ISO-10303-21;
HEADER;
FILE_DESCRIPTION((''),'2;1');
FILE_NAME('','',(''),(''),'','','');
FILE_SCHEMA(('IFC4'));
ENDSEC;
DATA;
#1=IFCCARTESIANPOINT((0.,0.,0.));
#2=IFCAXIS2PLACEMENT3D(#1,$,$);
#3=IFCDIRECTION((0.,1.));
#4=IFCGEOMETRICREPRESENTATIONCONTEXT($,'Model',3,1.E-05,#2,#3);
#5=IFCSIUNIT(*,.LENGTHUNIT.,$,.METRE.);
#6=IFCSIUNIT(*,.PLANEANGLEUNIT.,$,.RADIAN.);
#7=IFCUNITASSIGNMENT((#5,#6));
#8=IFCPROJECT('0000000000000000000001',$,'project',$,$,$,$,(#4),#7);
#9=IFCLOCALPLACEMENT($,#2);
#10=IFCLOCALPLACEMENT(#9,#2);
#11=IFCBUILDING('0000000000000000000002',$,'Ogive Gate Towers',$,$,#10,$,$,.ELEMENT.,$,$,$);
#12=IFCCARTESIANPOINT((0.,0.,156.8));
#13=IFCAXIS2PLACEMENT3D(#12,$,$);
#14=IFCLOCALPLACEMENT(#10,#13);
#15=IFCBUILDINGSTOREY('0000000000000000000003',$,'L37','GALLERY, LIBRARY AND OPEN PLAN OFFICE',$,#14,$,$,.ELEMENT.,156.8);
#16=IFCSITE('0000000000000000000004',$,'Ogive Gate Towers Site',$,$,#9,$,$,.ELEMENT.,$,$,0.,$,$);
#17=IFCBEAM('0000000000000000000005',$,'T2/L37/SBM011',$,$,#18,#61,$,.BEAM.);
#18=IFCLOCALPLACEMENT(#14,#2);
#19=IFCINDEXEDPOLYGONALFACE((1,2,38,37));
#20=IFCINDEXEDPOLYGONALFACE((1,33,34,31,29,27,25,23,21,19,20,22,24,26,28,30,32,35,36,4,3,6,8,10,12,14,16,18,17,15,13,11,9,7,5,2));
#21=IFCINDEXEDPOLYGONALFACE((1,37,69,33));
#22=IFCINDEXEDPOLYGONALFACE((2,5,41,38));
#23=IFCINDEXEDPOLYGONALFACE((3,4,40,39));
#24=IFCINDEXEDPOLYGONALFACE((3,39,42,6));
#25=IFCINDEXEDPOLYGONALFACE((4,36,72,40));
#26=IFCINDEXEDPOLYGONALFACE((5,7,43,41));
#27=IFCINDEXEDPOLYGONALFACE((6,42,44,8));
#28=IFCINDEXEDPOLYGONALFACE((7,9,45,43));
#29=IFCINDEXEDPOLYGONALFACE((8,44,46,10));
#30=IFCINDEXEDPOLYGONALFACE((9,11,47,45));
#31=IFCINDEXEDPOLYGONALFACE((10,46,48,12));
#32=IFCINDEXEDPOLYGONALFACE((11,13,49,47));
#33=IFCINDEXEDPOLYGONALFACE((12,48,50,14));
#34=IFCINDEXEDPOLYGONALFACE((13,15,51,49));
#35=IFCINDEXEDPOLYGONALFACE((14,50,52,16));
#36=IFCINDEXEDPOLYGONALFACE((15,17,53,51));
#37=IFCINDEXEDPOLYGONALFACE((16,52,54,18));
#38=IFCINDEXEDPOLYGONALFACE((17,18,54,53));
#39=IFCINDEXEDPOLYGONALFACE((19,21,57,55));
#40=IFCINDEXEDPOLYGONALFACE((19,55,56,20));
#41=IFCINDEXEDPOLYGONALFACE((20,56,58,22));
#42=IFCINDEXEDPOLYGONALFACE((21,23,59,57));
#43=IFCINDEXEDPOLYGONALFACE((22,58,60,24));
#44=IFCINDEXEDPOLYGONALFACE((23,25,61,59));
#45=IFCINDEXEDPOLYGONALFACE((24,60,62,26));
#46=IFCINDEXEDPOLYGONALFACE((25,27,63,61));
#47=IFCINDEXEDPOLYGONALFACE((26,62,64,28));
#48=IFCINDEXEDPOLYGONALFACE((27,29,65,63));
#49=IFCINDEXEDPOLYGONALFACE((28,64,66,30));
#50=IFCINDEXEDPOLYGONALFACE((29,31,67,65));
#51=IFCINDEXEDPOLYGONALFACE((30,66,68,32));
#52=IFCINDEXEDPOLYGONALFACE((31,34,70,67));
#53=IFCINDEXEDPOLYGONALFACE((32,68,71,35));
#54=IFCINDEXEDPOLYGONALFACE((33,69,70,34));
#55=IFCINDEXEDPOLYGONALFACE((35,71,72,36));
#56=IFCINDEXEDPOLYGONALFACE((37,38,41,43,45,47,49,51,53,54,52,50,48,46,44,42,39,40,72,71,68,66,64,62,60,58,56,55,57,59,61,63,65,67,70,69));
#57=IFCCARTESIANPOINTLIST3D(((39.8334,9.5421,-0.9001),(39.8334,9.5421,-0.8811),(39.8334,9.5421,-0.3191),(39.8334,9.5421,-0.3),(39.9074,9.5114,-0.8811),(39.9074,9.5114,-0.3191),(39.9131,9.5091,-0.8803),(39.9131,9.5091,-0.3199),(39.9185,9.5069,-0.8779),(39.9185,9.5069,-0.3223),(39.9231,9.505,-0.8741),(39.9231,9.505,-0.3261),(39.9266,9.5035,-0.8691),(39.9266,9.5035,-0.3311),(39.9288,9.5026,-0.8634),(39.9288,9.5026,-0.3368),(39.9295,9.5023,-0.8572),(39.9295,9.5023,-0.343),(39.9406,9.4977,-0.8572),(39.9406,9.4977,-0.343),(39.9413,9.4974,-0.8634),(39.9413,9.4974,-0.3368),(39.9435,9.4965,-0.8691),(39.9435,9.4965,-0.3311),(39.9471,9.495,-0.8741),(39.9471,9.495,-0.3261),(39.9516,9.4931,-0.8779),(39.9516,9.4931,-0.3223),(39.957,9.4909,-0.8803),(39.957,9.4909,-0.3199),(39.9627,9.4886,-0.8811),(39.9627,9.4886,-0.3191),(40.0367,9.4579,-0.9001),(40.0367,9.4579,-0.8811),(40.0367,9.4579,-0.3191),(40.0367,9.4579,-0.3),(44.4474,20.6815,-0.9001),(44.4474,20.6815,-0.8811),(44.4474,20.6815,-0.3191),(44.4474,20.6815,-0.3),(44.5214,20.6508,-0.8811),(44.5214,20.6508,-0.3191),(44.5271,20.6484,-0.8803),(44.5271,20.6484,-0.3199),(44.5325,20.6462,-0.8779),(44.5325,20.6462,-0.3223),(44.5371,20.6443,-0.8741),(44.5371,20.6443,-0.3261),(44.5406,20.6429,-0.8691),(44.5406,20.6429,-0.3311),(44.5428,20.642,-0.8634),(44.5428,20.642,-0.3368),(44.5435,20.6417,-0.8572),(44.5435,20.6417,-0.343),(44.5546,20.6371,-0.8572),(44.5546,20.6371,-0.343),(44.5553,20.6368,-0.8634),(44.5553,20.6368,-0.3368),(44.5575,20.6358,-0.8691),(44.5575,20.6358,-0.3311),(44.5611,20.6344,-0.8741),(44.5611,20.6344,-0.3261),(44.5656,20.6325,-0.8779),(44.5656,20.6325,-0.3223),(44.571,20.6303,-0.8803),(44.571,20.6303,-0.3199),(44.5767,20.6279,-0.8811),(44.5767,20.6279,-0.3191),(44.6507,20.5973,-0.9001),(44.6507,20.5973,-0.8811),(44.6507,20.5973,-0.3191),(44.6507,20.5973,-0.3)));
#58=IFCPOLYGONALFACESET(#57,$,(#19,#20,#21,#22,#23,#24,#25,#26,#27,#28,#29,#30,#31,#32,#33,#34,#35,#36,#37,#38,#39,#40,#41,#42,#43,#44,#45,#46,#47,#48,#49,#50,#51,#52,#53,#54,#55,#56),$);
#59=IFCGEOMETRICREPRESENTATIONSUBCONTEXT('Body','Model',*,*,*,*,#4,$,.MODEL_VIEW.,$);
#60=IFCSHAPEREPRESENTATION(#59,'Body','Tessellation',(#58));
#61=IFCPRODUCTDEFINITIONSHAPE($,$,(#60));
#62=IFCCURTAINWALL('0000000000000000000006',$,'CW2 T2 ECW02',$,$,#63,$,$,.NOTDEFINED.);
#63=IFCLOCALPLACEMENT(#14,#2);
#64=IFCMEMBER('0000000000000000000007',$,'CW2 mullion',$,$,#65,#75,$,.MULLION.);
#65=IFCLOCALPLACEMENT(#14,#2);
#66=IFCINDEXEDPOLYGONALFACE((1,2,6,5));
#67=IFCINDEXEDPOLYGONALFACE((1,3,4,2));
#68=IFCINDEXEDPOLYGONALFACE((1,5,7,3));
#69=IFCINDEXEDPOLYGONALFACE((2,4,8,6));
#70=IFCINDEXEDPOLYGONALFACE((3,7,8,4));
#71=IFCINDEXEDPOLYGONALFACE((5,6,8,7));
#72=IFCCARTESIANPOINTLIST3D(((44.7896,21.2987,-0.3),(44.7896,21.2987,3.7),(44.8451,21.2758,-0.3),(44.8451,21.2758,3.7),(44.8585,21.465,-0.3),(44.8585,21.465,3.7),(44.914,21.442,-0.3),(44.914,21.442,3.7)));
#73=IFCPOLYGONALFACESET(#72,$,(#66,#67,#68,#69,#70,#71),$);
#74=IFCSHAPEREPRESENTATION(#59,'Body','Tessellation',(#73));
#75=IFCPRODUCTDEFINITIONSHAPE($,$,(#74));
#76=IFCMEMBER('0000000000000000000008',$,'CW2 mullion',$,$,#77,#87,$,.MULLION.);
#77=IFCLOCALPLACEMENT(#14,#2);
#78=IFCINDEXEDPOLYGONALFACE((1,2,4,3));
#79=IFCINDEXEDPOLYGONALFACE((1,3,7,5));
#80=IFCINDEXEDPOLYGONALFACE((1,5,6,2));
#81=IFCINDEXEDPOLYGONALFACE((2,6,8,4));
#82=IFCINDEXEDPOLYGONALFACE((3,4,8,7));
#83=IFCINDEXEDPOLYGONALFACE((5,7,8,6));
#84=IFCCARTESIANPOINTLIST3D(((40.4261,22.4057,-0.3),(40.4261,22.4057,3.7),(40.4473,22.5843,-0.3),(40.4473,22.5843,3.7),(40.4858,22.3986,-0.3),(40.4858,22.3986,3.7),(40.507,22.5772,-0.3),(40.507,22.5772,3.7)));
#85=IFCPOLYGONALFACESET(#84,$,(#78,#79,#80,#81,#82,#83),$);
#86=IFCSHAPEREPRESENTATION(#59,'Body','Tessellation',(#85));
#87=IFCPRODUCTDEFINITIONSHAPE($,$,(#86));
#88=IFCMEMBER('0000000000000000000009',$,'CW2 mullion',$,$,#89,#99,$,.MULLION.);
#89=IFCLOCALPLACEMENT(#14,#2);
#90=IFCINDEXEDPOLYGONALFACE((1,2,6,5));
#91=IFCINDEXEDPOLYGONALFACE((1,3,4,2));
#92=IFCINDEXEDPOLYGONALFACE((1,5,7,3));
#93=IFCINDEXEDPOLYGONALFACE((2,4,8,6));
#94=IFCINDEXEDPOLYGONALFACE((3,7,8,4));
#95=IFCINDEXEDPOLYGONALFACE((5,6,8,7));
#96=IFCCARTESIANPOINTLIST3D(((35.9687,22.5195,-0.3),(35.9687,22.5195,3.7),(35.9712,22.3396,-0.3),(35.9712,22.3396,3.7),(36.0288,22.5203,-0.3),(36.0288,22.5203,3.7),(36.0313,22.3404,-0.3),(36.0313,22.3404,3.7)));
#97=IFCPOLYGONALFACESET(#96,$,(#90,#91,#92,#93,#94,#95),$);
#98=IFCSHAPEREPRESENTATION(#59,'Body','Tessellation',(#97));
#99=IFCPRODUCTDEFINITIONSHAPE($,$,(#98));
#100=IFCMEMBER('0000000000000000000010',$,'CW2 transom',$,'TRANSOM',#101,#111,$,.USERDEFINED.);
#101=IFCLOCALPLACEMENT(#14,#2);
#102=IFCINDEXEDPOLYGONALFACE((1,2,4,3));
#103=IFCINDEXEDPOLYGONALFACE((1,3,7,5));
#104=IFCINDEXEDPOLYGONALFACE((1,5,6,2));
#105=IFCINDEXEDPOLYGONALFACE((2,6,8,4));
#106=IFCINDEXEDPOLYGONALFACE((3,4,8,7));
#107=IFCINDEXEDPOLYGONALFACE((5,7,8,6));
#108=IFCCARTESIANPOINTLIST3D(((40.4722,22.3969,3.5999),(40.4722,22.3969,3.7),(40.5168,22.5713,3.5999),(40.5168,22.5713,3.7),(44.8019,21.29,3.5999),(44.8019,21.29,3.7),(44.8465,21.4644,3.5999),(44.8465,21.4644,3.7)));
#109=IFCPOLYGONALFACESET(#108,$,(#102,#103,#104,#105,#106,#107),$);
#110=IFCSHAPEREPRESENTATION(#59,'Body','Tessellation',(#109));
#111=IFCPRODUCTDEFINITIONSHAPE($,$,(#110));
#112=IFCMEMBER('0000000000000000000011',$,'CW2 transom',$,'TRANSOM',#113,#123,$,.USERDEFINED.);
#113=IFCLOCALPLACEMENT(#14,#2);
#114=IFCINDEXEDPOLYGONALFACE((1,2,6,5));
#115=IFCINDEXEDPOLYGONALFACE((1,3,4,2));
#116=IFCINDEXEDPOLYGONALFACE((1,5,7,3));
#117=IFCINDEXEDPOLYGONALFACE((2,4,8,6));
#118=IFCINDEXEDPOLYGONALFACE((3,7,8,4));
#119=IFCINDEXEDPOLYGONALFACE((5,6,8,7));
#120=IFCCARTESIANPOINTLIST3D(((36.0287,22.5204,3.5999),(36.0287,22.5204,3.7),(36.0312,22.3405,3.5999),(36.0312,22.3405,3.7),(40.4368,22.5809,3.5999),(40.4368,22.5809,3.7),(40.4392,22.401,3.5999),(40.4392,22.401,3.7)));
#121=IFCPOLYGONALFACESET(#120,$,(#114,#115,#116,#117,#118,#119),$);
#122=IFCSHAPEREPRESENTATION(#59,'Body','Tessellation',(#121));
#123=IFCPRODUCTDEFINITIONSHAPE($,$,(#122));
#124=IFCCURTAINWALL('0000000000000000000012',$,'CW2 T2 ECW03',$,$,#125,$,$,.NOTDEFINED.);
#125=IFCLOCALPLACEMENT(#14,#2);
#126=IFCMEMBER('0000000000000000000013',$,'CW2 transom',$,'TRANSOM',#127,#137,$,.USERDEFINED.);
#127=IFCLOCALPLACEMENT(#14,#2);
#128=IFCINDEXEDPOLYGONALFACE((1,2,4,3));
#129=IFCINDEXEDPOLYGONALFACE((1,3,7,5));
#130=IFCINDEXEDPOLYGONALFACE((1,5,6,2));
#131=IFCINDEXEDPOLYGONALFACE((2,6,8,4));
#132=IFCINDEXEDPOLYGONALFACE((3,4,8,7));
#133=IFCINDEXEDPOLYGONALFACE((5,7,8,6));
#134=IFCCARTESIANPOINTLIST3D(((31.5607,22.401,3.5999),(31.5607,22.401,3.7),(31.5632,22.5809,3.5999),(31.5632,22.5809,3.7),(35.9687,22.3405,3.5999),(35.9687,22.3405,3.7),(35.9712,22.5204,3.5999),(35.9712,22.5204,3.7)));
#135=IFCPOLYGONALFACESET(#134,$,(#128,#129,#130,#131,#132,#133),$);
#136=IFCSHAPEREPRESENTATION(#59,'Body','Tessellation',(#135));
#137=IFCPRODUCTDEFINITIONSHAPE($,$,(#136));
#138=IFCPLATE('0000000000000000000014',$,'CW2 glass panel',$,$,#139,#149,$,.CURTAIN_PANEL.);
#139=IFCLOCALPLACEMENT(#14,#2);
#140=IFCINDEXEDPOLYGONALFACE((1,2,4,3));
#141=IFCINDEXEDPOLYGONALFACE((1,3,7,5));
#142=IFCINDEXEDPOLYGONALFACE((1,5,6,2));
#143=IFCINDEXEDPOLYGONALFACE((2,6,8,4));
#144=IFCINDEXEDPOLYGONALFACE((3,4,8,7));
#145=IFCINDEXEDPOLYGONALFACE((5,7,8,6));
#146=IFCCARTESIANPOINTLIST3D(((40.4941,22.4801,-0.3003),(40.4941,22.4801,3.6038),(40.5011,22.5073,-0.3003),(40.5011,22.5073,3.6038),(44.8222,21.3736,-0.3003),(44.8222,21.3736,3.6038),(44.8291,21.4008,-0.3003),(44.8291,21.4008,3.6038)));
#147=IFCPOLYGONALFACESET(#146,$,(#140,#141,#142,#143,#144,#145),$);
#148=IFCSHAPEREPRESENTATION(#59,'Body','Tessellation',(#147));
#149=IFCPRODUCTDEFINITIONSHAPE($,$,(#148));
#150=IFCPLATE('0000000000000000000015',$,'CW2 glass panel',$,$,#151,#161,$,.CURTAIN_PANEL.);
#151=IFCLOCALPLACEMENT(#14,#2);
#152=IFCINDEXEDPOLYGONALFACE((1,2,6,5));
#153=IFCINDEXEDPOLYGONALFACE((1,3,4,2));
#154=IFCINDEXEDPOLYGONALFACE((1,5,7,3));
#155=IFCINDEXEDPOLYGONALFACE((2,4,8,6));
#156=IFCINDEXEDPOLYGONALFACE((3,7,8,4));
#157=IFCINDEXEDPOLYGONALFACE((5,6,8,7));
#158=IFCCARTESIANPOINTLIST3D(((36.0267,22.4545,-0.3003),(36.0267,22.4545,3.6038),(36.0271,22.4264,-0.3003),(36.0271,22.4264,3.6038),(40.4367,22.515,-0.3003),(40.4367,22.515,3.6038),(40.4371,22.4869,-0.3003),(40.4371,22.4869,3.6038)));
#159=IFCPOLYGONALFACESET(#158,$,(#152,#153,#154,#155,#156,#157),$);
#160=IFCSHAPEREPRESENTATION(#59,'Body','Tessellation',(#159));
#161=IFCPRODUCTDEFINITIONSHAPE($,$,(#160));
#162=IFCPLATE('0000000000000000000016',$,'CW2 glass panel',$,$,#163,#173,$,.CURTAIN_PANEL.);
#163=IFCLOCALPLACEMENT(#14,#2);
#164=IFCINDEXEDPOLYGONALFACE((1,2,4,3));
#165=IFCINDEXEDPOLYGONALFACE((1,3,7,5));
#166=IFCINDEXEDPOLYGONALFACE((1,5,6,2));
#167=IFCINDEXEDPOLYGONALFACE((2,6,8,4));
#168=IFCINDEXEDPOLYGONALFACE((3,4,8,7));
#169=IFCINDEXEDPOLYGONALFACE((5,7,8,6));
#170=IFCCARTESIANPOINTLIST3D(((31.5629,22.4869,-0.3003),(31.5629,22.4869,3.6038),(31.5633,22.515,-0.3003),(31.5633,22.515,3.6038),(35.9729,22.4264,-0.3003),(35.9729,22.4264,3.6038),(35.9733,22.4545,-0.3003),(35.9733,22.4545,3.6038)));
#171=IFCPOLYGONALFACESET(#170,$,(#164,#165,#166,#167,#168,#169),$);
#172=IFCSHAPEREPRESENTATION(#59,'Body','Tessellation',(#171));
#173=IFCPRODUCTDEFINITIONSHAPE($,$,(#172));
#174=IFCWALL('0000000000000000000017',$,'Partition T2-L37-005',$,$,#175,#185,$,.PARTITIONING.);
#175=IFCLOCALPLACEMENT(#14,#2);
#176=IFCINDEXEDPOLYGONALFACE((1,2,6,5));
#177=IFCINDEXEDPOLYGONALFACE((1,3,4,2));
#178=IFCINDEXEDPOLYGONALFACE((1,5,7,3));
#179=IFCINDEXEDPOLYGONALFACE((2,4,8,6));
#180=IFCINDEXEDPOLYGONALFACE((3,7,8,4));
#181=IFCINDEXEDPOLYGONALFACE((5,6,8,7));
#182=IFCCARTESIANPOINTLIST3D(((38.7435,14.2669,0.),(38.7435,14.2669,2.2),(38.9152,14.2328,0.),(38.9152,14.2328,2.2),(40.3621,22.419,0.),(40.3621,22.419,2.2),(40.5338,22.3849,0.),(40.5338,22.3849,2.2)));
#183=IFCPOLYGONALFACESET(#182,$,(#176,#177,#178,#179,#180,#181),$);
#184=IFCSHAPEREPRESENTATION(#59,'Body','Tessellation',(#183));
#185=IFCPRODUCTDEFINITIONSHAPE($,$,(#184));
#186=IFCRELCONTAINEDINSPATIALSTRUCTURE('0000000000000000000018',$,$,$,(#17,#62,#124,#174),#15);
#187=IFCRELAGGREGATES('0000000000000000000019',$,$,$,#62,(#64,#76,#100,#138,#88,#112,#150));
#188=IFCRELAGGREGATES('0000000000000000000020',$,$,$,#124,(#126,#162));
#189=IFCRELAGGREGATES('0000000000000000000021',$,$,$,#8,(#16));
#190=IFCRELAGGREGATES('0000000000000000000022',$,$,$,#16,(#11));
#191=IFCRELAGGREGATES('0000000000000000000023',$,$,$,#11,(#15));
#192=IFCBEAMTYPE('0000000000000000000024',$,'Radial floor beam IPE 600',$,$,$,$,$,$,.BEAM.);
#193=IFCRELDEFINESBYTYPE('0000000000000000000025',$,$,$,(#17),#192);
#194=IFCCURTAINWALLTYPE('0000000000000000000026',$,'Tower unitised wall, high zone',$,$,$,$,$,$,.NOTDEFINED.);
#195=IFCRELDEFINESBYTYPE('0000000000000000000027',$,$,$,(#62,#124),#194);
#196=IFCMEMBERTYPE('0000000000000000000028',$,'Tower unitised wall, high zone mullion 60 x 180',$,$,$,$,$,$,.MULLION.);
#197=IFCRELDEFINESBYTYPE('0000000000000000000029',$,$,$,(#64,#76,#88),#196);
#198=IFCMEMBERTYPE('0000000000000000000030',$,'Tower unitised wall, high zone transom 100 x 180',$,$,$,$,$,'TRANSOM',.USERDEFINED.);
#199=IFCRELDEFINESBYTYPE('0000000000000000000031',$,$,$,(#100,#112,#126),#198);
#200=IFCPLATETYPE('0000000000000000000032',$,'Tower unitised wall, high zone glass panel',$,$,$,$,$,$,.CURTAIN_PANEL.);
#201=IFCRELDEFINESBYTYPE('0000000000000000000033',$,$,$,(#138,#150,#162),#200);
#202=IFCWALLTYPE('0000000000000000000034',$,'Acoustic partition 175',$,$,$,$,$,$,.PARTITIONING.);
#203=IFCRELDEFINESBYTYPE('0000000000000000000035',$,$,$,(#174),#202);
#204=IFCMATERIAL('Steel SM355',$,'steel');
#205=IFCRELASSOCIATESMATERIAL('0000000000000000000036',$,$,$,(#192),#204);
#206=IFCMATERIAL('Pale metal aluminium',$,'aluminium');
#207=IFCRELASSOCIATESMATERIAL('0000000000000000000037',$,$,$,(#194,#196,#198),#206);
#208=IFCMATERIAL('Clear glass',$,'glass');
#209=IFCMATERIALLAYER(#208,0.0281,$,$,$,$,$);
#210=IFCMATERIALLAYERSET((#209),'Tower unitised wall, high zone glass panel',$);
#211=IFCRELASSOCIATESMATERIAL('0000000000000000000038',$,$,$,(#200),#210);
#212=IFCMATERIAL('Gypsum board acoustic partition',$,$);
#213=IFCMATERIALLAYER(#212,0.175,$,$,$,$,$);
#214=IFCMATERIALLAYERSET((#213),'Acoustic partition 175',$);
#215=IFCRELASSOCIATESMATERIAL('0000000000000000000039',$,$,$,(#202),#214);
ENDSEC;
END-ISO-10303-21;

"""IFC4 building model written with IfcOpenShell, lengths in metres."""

from ifc_helpers import new_model, si_unit, direction, frame, frame_2d, origin, origin_2d, place, context, subcontext, project, spatial, rectangle, i_section, extrude, material, layer, layer_set, material_profile, profile_set, type_object, element, aggregate, save


model = new_model("IFC4")

# Units and contexts
model_context = context("Model", 3, precision=1e-05, world=origin(), true_north=direction((0.0, 1.0)))
body_context = subcontext(model_context, "Body", "Model", "MODEL_VIEW")
ifc_project = project(units=[si_unit("LENGTHUNIT", "METRE"), si_unit("PLANEANGLEUNIT", "RADIAN")], contexts=[model_context])

# Site, building, storey
site_placement = place(None, origin())
site = spatial("IfcSite", under=ifc_project, at=site_placement, Name="Ogive Gate Towers Site", CompositionType="ELEMENT", RefElevation=0.0)
building_placement = place(site_placement, origin())
building = spatial("IfcBuilding", under=site, at=building_placement, Name="Ogive Gate Towers", CompositionType="ELEMENT")
storey_placement = place(building_placement, frame((0.0, 0.0, 156.8)))
storey = spatial("IfcBuildingStorey", under=building, at=storey_placement, Name="L37", Description="GALLERY, LIBRARY AND OPEN PLAN OFFICE", CompositionType="ELEMENT", Elevation=156.8)

# Beam
ifc_material_1 = material(Name="Steel SM355", Category="steel")
ifc_material_profile_1 = material_profile(ifc_material_1, i_section(OverallWidth=0.22, OverallDepth=0.6001, WebThickness=0.012, FlangeThickness=0.019, FilletRadius=0.0239, at=origin_2d()), Name="IPE 600")
ifc_profile_set_1 = profile_set([ifc_material_profile_1], Name="Steel SM355")
beam_type_1 = type_object("IfcBeamType", Name="Radial floor beam IPE 600", PredefinedType="BEAM", material=ifc_profile_set_1)
beam_1_placement = place(storey_placement, frame((39.9351, 9.5, -0.6001), z_axis=(0.382678, 0.923882, 0.0), x_axis=(-0.923882, 0.382678, 0.0)))
element("IfcBeam", 1, at=beam_1_placement, inside=storey, type_object=beam_type_1, Name="T2/L37/SBM011", PredefinedType="BEAM", context=body_context, shape_type="SweptSolid", body=[
    extrude(i_section(OverallWidth=0.22, OverallDepth=0.6001, WebThickness=0.012, FlangeThickness=0.019, FilletRadius=0.0239, at=origin_2d()), origin(), (0.0, 0.0, 1.0), 12.0571),
])

# Curtain wall, members
ifc_material_2 = material(Name="Pale metal aluminium", Category="aluminium")
curtain_wall_type = type_object("IfcCurtainWallType", Name="Tower unitised wall, high zone", PredefinedType="NOTDEFINED", material=ifc_material_2)
curtain_wall_1_placement = place(storey_placement, origin())
curtain_wall_1 = element("IfcCurtainWall", 2, at=curtain_wall_1_placement, inside=storey, type_object=curtain_wall_type, Name="CW2 T2 ECW02", PredefinedType="NOTDEFINED")
ifc_material_profile_2 = material_profile(ifc_material_2, rectangle(XDim=0.1799, YDim=0.0601, at=origin_2d()), Name="60 x 180 aluminium box")
ifc_profile_set_2 = profile_set([ifc_material_profile_2], Name="Pale metal aluminium")
member_type_1 = type_object("IfcMemberType", Name="Tower unitised wall, high zone mullion 60 x 180", PredefinedType="MULLION", material=ifc_profile_set_2)
member_1_placement = place(storey_placement, frame((44.8518, 21.3704, -0.3), z_axis=(0.0, 0.0, 1.0), x_axis=(0.382683, 0.92388, 0.0)))
member_1 = element("IfcMember", 3, at=member_1_placement, type_object=member_type_1, Name="CW2 mullion", PredefinedType="MULLION", context=body_context, shape_type="SweptSolid", body=[
    extrude(rectangle(XDim=0.1799, YDim=0.0601, at=origin_2d()), origin(), (0.0, 0.0, 1.0), 4.0),
])
member_2_placement = place(storey_placement, frame((40.4666, 22.4915, -0.3), z_axis=(0.0, 0.0, 1.0), x_axis=(0.118005, 0.993013, 0.0)))
member_2 = element("IfcMember", 4, at=member_2_placement, type_object=member_type_1, Name="CW2 mullion", PredefinedType="MULLION", context=body_context, shape_type="SweptSolid", body=[
    extrude(rectangle(XDim=0.1799, YDim=0.0601, at=origin_2d()), origin(), (0.0, 0.0, 1.0), 4.0),
])
member_3_placement = place(storey_placement, frame((36.0, 22.4299, -0.3), z_axis=(0.0, 0.0, 1.0), x_axis=(-0.013718, 0.999906, 0.0)))
member_3 = element("IfcMember", 5, at=member_3_placement, type_object=member_type_1, Name="CW2 mullion", PredefinedType="MULLION", context=body_context, shape_type="SweptSolid", body=[
    extrude(rectangle(XDim=0.1799, YDim=0.0601, at=origin_2d()), origin(), (0.0, 0.0, 1.0), 4.0),
])
ifc_material_profile_3 = material_profile(ifc_material_2, rectangle(XDim=0.1799, YDim=0.1001, at=origin_2d()), Name="100 x 180 aluminium box")
ifc_profile_set_3 = profile_set([ifc_material_profile_3], Name="Pale metal aluminium")
member_type_2 = type_object("IfcMemberType", Name="Tower unitised wall, high zone transom 100 x 180", ElementType="TRANSOM", PredefinedType="USERDEFINED", material=ifc_profile_set_3)
member_4_placement = place(storey_placement, frame((44.8242, 21.3772, 3.6499), z_axis=(-0.96884, 0.247687, 0.0), x_axis=(-0.247687, -0.96884, 0.0)))
member_4 = element("IfcMember", 6, at=member_4_placement, type_object=member_type_2, Name="CW2 transom", ObjectType="TRANSOM", PredefinedType="USERDEFINED", context=body_context, shape_type="SweptSolid", body=[
    extrude(rectangle(XDim=0.1799, YDim=0.1001, at=origin_2d()), origin(), (0.0, 0.0, 1.0), 4.469),
])
member_5_placement = place(storey_placement, frame((40.438, 22.491, 3.6499), z_axis=(-0.999906, -0.013735, 0.0), x_axis=(0.013735, -0.999906, 0.0)))
member_5 = element("IfcMember", 7, at=member_5_placement, type_object=member_type_2, Name="CW2 transom", ObjectType="TRANSOM", PredefinedType="USERDEFINED", context=body_context, shape_type="SweptSolid", body=[
    extrude(rectangle(XDim=0.1799, YDim=0.1001, at=origin_2d()), origin(), (0.0, 0.0, 1.0), 4.4084),
])

# Curtain wall, member
curtain_wall_2_placement = place(storey_placement, origin())
curtain_wall_2 = element("IfcCurtainWall", 8, at=curtain_wall_2_placement, inside=storey, type_object=curtain_wall_type, Name="CW2 T2 ECW03", PredefinedType="NOTDEFINED")
member_6_placement = place(storey_placement, frame((35.97, 22.4304, 3.6499), z_axis=(-0.999906, 0.013735, 0.0), x_axis=(-0.013735, -0.999906, 0.0)))
member_6 = element("IfcMember", 9, at=member_6_placement, type_object=member_type_2, Name="CW2 transom", ObjectType="TRANSOM", PredefinedType="USERDEFINED", context=body_context, shape_type="SweptSolid", body=[
    extrude(rectangle(XDim=0.1799, YDim=0.1001, at=origin_2d()), origin(), (0.0, 0.0, 1.0), 4.4084),
])

# Plates
ifc_material_3 = material(Name="Clear glass", Category="glass")
ifc_layer_1 = layer(ifc_material_3, 0.0281)
ifc_layer_set_1 = layer_set([ifc_layer_1], Name="Tower unitised wall, high zone glass panel")
plate_type = type_object("IfcPlateType", Name="Tower unitised wall, high zone glass panel", PredefinedType="CURTAIN_PANEL", material=ifc_layer_set_1)
plate_1_placement = place(storey_placement, frame((42.6616, 21.9404, -0.3003), z_axis=(0.0, 0.0, 1.0), x_axis=(-0.968839, 0.247692, 0.0)))
plate_1 = element("IfcPlate", 10, at=plate_1_placement, type_object=plate_type, Name="CW2 glass panel", PredefinedType="CURTAIN_PANEL", context=body_context, shape_type="SweptSolid", body=[
    extrude(rectangle(XDim=4.4673, YDim=0.0281, at=origin_2d()), origin(), (0.0, 0.0, 1.0), 3.9041),
])
plate_2_placement = place(storey_placement, frame((38.2319, 22.4707, -0.3003), z_axis=(0.0, 0.0, 1.0), x_axis=(-0.999906, -0.013718, 0.0)))
plate_2 = element("IfcPlate", 11, at=plate_2_placement, type_object=plate_type, Name="CW2 glass panel", PredefinedType="CURTAIN_PANEL", context=body_context, shape_type="SweptSolid", body=[
    extrude(rectangle(XDim=4.4104, YDim=0.0281, at=origin_2d()), origin(), (0.0, 0.0, 1.0), 3.9041),
])
aggregate(curtain_wall_1, [member_1, member_2, member_4, plate_1, member_3, member_5, plate_2])
plate_3_placement = place(storey_placement, frame((33.7681, 22.4707, -0.3003), z_axis=(0.0, 0.0, 1.0), x_axis=(-0.999906, 0.013718, 0.0)))
plate_3 = element("IfcPlate", 12, at=plate_3_placement, type_object=plate_type, Name="CW2 glass panel", PredefinedType="CURTAIN_PANEL", context=body_context, shape_type="SweptSolid", body=[
    extrude(rectangle(XDim=4.4104, YDim=0.0281, at=origin_2d()), origin(), (0.0, 0.0, 1.0), 3.9041),
])
aggregate(curtain_wall_2, [member_6, plate_3])

# Wall
ifc_material_4 = material(Name="Gypsum board acoustic partition")
ifc_layer_2 = layer(ifc_material_4, 0.175)
ifc_layer_set_2 = layer_set([ifc_layer_2], Name="Acoustic partition 175")
wall_type_1 = type_object("IfcWallType", Name="Acoustic partition 175", PredefinedType="PARTITIONING", material=ifc_layer_set_2)
wall_1_placement = place(storey_placement, frame((40.448, 22.4021, 0.0), z_axis=(0.0, 0.0, 1.0), x_axis=(-0.194755, -0.980852, 0.0)))
element("IfcWall", 13, at=wall_1_placement, inside=storey, type_object=wall_type_1, Name="Partition T2-L37-005", PredefinedType="PARTITIONING", context=body_context, shape_type="SweptSolid", body=[
    extrude(rectangle(XDim=8.3113, YDim=0.175, at=frame_2d((4.1558, 0.0))), origin(), (0.0, 0.0, 1.0), 2.2),
])

save(model, "model.ifc")
